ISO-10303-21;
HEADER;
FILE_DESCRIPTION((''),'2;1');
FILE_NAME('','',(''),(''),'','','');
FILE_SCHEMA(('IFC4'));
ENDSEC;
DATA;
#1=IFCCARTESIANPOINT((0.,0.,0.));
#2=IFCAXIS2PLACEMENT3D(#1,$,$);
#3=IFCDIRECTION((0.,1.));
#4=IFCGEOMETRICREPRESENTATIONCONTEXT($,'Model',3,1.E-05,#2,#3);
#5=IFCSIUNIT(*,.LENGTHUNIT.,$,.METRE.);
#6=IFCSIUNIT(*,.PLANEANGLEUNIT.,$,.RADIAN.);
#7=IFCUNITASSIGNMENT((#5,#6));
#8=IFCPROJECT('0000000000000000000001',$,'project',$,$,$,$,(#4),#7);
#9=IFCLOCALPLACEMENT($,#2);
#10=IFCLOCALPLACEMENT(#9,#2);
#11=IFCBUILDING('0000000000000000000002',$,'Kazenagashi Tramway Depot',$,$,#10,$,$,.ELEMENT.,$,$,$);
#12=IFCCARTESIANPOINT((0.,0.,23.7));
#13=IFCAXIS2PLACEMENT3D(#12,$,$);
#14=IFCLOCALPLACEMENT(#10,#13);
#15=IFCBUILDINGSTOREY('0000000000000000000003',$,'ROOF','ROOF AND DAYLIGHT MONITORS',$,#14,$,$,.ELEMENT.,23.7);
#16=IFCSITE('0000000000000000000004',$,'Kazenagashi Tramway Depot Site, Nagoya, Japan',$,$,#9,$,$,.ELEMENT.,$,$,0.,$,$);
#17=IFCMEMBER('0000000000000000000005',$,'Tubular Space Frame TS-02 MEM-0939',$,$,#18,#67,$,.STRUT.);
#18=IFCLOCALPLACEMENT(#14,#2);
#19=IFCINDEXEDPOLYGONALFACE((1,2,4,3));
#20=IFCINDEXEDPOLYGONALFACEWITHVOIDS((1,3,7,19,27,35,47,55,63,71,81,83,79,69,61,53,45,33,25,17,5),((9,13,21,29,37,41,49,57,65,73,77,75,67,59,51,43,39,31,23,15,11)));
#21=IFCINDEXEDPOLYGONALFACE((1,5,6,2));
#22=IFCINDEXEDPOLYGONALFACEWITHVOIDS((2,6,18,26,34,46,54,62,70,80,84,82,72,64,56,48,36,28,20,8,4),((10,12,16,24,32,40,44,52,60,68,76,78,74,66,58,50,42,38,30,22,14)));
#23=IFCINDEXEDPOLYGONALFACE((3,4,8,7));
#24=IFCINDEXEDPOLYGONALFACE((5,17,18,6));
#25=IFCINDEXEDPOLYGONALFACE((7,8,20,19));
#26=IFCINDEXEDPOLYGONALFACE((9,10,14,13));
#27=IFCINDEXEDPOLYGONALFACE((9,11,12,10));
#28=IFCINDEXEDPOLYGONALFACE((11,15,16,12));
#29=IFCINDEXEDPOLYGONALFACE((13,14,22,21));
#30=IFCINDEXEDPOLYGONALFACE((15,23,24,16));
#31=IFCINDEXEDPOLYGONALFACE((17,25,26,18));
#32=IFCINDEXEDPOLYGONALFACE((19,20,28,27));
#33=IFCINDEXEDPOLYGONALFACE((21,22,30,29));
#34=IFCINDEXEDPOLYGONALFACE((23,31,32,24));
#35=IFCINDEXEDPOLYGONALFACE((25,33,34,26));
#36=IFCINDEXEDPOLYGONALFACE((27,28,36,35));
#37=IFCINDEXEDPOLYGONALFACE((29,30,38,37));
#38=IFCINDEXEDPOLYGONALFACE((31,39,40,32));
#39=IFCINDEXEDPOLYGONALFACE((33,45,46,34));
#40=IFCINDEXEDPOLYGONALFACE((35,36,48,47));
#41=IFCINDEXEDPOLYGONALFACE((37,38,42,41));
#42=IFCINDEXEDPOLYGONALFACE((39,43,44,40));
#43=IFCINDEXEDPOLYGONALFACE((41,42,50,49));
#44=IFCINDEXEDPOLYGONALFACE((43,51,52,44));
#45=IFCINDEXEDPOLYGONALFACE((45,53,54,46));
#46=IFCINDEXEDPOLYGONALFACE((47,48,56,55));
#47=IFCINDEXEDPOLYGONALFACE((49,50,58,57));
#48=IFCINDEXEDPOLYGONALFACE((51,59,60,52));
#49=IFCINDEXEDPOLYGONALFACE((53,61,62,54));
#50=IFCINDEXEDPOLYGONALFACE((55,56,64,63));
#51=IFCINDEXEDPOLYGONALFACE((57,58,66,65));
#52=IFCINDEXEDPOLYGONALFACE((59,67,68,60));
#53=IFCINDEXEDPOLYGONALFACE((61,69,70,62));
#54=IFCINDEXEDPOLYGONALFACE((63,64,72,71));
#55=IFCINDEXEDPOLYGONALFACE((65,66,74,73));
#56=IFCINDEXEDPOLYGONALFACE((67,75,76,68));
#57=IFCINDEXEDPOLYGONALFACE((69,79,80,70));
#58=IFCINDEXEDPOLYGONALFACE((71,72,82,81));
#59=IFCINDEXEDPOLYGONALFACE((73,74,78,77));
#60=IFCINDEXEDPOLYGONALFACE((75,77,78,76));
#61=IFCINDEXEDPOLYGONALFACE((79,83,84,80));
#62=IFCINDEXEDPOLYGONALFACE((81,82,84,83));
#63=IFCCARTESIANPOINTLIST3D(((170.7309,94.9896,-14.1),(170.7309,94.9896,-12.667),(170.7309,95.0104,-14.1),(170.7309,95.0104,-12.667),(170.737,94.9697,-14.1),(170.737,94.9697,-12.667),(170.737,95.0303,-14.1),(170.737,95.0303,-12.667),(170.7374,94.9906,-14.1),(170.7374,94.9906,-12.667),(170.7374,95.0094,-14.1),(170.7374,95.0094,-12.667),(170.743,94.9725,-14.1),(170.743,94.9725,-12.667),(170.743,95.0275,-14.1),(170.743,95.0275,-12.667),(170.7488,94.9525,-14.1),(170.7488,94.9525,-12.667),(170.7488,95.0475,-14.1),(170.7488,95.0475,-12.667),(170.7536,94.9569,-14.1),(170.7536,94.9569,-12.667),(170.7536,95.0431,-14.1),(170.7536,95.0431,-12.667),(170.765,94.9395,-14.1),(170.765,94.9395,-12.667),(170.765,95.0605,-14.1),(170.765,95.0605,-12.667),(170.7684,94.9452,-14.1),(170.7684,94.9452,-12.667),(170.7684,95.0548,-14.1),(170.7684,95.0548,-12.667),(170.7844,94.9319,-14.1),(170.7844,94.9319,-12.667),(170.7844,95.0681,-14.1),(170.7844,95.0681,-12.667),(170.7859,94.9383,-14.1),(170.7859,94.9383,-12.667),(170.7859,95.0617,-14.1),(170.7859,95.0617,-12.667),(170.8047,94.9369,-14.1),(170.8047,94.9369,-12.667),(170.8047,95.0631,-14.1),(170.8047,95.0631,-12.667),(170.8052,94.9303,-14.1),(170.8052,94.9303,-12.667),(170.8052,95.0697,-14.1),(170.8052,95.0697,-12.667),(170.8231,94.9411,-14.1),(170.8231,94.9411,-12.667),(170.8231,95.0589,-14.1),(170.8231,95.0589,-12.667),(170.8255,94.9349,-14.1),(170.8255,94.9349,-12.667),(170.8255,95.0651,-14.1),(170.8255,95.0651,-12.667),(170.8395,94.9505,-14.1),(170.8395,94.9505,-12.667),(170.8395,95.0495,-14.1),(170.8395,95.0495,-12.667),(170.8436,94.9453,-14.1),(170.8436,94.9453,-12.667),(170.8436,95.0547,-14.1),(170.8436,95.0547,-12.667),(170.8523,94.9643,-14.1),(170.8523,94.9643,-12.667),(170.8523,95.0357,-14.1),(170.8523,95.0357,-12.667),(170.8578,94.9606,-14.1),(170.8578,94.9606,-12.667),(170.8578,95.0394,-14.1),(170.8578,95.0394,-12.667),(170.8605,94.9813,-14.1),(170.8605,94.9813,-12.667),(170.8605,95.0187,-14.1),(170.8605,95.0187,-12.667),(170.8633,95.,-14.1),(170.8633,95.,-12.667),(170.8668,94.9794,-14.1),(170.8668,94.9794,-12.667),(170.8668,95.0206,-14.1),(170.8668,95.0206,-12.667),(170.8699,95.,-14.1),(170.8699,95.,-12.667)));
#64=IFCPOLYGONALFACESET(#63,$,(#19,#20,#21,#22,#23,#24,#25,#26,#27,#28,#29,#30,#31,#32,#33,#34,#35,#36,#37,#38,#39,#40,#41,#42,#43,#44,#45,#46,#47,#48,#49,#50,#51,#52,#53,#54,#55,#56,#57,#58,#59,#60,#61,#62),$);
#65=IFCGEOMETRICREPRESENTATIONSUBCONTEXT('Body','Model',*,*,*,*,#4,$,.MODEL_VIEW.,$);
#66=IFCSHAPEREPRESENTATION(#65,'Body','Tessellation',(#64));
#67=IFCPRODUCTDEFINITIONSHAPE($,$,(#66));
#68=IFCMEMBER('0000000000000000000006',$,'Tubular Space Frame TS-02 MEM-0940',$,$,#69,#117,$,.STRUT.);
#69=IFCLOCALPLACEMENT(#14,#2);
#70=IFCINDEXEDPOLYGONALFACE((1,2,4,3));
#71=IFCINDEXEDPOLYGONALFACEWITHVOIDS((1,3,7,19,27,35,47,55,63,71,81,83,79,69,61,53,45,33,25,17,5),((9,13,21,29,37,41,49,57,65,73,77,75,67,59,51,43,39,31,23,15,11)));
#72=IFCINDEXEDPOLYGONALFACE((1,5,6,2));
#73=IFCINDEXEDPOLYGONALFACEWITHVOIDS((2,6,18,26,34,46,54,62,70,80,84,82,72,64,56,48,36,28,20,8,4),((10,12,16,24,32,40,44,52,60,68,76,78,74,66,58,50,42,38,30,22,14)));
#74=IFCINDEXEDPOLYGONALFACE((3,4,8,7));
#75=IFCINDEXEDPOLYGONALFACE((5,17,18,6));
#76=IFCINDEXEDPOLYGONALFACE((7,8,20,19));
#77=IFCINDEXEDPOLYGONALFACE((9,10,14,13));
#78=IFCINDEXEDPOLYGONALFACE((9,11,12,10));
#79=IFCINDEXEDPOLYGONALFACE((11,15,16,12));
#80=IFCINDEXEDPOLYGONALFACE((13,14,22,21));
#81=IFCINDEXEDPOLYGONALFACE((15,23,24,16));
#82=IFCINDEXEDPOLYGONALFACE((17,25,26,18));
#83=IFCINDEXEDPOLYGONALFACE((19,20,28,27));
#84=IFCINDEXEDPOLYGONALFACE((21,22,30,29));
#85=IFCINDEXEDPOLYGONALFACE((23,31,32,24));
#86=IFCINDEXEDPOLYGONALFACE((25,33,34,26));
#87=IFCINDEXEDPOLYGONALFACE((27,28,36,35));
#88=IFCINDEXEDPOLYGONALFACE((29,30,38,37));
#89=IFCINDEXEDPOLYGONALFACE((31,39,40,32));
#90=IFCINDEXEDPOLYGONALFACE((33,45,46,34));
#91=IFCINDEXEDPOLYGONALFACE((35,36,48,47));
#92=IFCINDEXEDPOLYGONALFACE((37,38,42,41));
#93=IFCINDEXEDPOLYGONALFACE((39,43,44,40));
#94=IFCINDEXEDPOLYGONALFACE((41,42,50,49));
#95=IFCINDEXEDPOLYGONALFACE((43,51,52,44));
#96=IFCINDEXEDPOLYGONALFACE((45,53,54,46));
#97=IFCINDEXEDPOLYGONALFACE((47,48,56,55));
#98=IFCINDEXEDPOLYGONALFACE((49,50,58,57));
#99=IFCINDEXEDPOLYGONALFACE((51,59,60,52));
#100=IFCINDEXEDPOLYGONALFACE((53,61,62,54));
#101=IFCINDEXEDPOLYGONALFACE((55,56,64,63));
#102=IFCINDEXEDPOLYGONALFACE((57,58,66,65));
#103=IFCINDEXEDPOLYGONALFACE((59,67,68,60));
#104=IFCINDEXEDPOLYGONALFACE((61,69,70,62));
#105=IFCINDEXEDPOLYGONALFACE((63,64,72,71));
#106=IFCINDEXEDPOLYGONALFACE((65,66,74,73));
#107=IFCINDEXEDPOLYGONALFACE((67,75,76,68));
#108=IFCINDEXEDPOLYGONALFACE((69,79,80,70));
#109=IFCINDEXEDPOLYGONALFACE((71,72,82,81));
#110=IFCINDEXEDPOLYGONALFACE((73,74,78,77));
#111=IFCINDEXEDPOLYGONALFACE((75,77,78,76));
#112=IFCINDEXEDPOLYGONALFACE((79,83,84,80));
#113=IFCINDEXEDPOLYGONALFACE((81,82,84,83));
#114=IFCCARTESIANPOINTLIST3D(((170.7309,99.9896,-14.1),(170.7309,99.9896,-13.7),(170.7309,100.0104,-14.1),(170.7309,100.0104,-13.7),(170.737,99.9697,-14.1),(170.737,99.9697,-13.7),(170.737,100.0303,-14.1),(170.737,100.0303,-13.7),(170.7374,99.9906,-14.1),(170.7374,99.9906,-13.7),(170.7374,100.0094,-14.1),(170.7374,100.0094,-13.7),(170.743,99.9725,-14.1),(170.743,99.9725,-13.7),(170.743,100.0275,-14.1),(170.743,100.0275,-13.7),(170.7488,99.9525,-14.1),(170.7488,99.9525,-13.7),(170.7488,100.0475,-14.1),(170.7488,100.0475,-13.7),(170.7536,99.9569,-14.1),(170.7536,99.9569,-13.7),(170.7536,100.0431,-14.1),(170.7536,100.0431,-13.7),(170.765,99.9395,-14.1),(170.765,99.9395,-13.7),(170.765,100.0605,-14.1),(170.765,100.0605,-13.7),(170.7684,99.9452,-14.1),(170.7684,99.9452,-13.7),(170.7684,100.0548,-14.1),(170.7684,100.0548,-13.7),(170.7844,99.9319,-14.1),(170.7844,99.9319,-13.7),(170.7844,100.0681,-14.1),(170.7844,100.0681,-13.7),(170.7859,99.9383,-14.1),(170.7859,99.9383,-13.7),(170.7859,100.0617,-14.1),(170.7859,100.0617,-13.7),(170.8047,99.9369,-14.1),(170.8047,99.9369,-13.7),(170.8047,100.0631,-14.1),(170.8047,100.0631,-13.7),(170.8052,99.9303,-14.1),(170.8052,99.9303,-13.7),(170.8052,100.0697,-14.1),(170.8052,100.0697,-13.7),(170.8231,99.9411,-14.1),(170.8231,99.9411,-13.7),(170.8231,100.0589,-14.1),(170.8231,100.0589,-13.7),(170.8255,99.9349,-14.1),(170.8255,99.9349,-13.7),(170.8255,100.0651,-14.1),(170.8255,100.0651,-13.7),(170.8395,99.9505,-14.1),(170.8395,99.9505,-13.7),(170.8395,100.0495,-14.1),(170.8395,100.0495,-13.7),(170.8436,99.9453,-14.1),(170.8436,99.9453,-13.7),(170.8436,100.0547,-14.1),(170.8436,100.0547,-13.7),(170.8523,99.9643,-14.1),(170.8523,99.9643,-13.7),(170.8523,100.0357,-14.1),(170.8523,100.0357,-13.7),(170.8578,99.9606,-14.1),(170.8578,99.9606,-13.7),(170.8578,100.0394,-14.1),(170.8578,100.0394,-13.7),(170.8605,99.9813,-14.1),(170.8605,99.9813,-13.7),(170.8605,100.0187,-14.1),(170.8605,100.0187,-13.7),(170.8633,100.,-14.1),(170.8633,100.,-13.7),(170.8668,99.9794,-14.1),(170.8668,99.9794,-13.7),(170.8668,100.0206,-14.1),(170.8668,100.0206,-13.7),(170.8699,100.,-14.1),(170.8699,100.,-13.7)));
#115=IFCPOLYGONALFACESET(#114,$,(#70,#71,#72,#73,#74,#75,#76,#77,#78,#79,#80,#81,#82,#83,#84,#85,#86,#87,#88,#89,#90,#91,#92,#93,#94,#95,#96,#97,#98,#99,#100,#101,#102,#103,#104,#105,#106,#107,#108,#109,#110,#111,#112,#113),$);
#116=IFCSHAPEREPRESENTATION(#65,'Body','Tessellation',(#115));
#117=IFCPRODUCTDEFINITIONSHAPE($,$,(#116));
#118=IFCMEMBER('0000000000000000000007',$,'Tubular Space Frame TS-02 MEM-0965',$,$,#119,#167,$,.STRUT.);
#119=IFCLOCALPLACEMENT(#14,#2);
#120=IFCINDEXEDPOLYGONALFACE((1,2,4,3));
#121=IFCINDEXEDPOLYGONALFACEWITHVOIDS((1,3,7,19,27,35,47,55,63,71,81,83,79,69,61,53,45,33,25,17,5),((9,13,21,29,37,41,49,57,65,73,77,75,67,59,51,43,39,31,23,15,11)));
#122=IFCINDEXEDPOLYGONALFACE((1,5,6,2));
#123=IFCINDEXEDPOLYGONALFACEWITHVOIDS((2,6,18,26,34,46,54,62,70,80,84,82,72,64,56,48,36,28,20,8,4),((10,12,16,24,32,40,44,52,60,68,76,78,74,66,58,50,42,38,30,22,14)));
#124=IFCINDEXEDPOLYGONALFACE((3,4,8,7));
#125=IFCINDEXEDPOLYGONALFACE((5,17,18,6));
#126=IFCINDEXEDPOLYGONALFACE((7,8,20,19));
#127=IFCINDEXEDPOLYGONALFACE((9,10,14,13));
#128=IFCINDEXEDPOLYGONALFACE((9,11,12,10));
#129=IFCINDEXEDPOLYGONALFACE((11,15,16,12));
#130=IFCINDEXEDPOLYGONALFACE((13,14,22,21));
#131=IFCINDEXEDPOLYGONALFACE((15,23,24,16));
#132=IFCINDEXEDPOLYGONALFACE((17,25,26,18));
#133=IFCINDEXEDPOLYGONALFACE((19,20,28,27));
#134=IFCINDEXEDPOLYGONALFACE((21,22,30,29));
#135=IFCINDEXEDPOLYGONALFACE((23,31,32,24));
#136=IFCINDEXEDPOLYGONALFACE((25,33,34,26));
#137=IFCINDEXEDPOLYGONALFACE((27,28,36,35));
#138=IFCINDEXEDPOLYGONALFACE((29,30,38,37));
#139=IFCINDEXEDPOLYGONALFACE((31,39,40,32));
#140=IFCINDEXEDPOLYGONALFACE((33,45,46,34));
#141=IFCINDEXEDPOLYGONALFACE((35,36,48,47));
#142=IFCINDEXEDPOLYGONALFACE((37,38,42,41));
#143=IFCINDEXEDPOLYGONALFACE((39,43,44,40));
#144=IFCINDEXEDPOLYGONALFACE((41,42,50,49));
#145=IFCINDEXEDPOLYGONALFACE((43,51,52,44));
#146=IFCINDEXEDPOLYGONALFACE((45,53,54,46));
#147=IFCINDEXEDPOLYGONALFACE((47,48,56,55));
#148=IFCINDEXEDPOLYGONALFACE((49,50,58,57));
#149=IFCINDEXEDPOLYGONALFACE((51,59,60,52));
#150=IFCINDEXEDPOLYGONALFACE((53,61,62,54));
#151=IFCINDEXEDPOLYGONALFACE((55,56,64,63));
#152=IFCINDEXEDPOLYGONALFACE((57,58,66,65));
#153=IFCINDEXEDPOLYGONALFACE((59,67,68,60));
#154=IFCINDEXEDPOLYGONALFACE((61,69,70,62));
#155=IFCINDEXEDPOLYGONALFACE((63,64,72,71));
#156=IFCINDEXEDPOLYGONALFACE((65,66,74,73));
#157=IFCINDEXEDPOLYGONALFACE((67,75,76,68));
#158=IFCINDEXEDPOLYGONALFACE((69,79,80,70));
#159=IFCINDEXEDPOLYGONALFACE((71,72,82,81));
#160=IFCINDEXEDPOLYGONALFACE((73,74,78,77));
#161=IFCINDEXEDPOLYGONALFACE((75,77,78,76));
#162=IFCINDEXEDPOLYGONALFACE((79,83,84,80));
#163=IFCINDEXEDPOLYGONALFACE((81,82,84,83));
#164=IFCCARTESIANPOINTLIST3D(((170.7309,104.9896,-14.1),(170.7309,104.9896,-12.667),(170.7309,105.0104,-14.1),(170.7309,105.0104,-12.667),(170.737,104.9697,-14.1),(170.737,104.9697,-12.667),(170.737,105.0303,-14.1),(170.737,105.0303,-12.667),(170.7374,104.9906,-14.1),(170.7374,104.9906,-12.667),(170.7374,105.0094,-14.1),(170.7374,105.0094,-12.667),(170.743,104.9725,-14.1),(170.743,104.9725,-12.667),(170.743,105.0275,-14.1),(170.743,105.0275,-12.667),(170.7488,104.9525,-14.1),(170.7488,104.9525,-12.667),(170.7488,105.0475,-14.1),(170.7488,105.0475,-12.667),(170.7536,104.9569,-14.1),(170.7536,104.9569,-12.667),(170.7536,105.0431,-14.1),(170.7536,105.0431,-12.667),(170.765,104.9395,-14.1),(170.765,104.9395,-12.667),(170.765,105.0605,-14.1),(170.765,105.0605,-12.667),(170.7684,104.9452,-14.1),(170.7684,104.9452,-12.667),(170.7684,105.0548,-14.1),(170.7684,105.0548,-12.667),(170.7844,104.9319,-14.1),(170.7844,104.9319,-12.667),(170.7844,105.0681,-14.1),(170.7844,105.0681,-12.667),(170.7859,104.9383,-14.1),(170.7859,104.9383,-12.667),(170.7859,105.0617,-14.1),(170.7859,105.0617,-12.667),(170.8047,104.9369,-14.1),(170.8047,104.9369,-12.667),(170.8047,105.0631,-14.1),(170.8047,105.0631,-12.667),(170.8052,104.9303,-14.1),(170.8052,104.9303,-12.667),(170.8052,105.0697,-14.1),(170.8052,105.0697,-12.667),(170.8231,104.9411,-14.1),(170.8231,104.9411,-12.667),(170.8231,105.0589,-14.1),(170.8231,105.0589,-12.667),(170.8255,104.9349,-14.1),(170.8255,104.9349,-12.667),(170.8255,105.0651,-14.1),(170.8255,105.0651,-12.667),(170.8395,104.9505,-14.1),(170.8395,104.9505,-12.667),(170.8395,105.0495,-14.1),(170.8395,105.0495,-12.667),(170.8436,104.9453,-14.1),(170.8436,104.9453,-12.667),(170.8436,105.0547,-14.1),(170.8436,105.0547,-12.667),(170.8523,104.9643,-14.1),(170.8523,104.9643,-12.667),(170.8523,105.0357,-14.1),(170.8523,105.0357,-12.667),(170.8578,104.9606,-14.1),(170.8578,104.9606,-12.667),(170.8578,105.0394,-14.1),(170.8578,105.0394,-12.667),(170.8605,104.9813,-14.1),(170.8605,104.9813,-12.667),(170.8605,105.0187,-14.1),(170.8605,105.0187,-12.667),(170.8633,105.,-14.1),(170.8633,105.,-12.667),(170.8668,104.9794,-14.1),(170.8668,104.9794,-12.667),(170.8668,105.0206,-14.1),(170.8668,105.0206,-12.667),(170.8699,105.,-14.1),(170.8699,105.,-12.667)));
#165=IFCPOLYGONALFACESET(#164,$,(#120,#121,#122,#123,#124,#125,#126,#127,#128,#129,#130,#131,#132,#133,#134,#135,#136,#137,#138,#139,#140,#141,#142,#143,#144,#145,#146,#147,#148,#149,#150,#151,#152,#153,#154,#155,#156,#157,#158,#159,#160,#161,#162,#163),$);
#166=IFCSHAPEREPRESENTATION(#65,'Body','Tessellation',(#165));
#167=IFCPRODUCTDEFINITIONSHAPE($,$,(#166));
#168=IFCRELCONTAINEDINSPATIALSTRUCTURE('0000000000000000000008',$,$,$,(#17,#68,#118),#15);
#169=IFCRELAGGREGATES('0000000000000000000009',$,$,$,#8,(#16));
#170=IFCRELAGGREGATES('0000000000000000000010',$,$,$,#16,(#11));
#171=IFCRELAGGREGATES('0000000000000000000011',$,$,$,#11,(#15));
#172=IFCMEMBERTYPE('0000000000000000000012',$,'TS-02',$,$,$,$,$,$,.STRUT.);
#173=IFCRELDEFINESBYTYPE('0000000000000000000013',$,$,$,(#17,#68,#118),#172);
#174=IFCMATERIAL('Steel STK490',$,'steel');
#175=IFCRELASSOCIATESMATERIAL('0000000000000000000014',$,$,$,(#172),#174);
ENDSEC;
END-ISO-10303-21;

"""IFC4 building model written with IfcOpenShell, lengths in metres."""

from ifc_helpers import new_model, si_unit, direction, frame, origin, origin_2d, place, context, subcontext, project, spatial, hollow_circle, extrude, material, material_profile, profile_set, type_object, element, save


model = new_model("IFC4")

# Units and contexts
model_context = context("Model", 3, precision=1e-05, world=origin(), true_north=direction((0.0, 1.0)))
body_context = subcontext(model_context, "Body", "Model", "MODEL_VIEW")
ifc_project = project(units=[si_unit("LENGTHUNIT", "METRE"), si_unit("PLANEANGLEUNIT", "RADIAN")], contexts=[model_context])

# Site, building, storey
site_placement = place(None, origin())
site = spatial("IfcSite", under=ifc_project, at=site_placement, Name="Kazenagashi Tramway Depot Site, Nagoya, Japan", CompositionType="ELEMENT", RefElevation=0.0)
building_placement = place(site_placement, origin())
building = spatial("IfcBuilding", under=site, at=building_placement, Name="Kazenagashi Tramway Depot", CompositionType="ELEMENT")
storey_placement = place(building_placement, frame((0.0, 0.0, 23.7)))
storey = spatial("IfcBuildingStorey", under=building, at=storey_placement, Name="ROOF", Description="ROOF AND DAYLIGHT MONITORS", CompositionType="ELEMENT", Elevation=23.7)

# Members
ifc_material_1 = material(Name="Steel STK490", Category="steel")
ifc_material_profile_1 = material_profile(ifc_material_1, hollow_circle(Radius=0.0699, WallThickness=0.0066, at=origin_2d()), Name="CHS-139.8x6.6")
ifc_profile_set_1 = profile_set([ifc_material_profile_1], Name="Steel STK490")
member_type_1 = type_object("IfcMemberType", Name="TS-02", PredefinedType="STRUT", material=ifc_profile_set_1)
member_1_placement = place(storey_placement, frame((170.8, 95.0, -14.1), z_axis=(0.0, 0.0, 1.0), x_axis=(1.0, 0.0, 0.0)))
element("IfcMember", 1, at=member_1_placement, inside=storey, type_object=member_type_1, Name="Tubular Space Frame TS-02 MEM-0939", PredefinedType="STRUT", context=body_context, shape_type="SweptSolid", body=[
    extrude(hollow_circle(Radius=0.0699, WallThickness=0.0066, at=origin_2d()), origin(), (0.0, 0.0, 1.0), 1.433),
])
member_2_placement = place(storey_placement, frame((170.8, 100.0, -14.1), z_axis=(0.0, 0.0, 1.0), x_axis=(1.0, 0.0, 0.0)))
element("IfcMember", 2, at=member_2_placement, inside=storey, type_object=member_type_1, Name="Tubular Space Frame TS-02 MEM-0940", PredefinedType="STRUT", context=body_context, shape_type="SweptSolid", body=[
    extrude(hollow_circle(Radius=0.0699, WallThickness=0.0066, at=origin_2d()), origin(), (0.0, 0.0, 1.0), 0.4),
])
member_3_placement = place(storey_placement, frame((170.8, 105.0, -14.1), z_axis=(0.0, 0.0, 1.0), x_axis=(1.0, 0.0, 0.0)))
element("IfcMember", 3, at=member_3_placement, inside=storey, type_object=member_type_1, Name="Tubular Space Frame TS-02 MEM-0965", PredefinedType="STRUT", context=body_context, shape_type="SweptSolid", body=[
    extrude(hollow_circle(Radius=0.0699, WallThickness=0.0066, at=origin_2d()), origin(), (0.0, 0.0, 1.0), 1.433),
])

save(model, "model.ifc")
